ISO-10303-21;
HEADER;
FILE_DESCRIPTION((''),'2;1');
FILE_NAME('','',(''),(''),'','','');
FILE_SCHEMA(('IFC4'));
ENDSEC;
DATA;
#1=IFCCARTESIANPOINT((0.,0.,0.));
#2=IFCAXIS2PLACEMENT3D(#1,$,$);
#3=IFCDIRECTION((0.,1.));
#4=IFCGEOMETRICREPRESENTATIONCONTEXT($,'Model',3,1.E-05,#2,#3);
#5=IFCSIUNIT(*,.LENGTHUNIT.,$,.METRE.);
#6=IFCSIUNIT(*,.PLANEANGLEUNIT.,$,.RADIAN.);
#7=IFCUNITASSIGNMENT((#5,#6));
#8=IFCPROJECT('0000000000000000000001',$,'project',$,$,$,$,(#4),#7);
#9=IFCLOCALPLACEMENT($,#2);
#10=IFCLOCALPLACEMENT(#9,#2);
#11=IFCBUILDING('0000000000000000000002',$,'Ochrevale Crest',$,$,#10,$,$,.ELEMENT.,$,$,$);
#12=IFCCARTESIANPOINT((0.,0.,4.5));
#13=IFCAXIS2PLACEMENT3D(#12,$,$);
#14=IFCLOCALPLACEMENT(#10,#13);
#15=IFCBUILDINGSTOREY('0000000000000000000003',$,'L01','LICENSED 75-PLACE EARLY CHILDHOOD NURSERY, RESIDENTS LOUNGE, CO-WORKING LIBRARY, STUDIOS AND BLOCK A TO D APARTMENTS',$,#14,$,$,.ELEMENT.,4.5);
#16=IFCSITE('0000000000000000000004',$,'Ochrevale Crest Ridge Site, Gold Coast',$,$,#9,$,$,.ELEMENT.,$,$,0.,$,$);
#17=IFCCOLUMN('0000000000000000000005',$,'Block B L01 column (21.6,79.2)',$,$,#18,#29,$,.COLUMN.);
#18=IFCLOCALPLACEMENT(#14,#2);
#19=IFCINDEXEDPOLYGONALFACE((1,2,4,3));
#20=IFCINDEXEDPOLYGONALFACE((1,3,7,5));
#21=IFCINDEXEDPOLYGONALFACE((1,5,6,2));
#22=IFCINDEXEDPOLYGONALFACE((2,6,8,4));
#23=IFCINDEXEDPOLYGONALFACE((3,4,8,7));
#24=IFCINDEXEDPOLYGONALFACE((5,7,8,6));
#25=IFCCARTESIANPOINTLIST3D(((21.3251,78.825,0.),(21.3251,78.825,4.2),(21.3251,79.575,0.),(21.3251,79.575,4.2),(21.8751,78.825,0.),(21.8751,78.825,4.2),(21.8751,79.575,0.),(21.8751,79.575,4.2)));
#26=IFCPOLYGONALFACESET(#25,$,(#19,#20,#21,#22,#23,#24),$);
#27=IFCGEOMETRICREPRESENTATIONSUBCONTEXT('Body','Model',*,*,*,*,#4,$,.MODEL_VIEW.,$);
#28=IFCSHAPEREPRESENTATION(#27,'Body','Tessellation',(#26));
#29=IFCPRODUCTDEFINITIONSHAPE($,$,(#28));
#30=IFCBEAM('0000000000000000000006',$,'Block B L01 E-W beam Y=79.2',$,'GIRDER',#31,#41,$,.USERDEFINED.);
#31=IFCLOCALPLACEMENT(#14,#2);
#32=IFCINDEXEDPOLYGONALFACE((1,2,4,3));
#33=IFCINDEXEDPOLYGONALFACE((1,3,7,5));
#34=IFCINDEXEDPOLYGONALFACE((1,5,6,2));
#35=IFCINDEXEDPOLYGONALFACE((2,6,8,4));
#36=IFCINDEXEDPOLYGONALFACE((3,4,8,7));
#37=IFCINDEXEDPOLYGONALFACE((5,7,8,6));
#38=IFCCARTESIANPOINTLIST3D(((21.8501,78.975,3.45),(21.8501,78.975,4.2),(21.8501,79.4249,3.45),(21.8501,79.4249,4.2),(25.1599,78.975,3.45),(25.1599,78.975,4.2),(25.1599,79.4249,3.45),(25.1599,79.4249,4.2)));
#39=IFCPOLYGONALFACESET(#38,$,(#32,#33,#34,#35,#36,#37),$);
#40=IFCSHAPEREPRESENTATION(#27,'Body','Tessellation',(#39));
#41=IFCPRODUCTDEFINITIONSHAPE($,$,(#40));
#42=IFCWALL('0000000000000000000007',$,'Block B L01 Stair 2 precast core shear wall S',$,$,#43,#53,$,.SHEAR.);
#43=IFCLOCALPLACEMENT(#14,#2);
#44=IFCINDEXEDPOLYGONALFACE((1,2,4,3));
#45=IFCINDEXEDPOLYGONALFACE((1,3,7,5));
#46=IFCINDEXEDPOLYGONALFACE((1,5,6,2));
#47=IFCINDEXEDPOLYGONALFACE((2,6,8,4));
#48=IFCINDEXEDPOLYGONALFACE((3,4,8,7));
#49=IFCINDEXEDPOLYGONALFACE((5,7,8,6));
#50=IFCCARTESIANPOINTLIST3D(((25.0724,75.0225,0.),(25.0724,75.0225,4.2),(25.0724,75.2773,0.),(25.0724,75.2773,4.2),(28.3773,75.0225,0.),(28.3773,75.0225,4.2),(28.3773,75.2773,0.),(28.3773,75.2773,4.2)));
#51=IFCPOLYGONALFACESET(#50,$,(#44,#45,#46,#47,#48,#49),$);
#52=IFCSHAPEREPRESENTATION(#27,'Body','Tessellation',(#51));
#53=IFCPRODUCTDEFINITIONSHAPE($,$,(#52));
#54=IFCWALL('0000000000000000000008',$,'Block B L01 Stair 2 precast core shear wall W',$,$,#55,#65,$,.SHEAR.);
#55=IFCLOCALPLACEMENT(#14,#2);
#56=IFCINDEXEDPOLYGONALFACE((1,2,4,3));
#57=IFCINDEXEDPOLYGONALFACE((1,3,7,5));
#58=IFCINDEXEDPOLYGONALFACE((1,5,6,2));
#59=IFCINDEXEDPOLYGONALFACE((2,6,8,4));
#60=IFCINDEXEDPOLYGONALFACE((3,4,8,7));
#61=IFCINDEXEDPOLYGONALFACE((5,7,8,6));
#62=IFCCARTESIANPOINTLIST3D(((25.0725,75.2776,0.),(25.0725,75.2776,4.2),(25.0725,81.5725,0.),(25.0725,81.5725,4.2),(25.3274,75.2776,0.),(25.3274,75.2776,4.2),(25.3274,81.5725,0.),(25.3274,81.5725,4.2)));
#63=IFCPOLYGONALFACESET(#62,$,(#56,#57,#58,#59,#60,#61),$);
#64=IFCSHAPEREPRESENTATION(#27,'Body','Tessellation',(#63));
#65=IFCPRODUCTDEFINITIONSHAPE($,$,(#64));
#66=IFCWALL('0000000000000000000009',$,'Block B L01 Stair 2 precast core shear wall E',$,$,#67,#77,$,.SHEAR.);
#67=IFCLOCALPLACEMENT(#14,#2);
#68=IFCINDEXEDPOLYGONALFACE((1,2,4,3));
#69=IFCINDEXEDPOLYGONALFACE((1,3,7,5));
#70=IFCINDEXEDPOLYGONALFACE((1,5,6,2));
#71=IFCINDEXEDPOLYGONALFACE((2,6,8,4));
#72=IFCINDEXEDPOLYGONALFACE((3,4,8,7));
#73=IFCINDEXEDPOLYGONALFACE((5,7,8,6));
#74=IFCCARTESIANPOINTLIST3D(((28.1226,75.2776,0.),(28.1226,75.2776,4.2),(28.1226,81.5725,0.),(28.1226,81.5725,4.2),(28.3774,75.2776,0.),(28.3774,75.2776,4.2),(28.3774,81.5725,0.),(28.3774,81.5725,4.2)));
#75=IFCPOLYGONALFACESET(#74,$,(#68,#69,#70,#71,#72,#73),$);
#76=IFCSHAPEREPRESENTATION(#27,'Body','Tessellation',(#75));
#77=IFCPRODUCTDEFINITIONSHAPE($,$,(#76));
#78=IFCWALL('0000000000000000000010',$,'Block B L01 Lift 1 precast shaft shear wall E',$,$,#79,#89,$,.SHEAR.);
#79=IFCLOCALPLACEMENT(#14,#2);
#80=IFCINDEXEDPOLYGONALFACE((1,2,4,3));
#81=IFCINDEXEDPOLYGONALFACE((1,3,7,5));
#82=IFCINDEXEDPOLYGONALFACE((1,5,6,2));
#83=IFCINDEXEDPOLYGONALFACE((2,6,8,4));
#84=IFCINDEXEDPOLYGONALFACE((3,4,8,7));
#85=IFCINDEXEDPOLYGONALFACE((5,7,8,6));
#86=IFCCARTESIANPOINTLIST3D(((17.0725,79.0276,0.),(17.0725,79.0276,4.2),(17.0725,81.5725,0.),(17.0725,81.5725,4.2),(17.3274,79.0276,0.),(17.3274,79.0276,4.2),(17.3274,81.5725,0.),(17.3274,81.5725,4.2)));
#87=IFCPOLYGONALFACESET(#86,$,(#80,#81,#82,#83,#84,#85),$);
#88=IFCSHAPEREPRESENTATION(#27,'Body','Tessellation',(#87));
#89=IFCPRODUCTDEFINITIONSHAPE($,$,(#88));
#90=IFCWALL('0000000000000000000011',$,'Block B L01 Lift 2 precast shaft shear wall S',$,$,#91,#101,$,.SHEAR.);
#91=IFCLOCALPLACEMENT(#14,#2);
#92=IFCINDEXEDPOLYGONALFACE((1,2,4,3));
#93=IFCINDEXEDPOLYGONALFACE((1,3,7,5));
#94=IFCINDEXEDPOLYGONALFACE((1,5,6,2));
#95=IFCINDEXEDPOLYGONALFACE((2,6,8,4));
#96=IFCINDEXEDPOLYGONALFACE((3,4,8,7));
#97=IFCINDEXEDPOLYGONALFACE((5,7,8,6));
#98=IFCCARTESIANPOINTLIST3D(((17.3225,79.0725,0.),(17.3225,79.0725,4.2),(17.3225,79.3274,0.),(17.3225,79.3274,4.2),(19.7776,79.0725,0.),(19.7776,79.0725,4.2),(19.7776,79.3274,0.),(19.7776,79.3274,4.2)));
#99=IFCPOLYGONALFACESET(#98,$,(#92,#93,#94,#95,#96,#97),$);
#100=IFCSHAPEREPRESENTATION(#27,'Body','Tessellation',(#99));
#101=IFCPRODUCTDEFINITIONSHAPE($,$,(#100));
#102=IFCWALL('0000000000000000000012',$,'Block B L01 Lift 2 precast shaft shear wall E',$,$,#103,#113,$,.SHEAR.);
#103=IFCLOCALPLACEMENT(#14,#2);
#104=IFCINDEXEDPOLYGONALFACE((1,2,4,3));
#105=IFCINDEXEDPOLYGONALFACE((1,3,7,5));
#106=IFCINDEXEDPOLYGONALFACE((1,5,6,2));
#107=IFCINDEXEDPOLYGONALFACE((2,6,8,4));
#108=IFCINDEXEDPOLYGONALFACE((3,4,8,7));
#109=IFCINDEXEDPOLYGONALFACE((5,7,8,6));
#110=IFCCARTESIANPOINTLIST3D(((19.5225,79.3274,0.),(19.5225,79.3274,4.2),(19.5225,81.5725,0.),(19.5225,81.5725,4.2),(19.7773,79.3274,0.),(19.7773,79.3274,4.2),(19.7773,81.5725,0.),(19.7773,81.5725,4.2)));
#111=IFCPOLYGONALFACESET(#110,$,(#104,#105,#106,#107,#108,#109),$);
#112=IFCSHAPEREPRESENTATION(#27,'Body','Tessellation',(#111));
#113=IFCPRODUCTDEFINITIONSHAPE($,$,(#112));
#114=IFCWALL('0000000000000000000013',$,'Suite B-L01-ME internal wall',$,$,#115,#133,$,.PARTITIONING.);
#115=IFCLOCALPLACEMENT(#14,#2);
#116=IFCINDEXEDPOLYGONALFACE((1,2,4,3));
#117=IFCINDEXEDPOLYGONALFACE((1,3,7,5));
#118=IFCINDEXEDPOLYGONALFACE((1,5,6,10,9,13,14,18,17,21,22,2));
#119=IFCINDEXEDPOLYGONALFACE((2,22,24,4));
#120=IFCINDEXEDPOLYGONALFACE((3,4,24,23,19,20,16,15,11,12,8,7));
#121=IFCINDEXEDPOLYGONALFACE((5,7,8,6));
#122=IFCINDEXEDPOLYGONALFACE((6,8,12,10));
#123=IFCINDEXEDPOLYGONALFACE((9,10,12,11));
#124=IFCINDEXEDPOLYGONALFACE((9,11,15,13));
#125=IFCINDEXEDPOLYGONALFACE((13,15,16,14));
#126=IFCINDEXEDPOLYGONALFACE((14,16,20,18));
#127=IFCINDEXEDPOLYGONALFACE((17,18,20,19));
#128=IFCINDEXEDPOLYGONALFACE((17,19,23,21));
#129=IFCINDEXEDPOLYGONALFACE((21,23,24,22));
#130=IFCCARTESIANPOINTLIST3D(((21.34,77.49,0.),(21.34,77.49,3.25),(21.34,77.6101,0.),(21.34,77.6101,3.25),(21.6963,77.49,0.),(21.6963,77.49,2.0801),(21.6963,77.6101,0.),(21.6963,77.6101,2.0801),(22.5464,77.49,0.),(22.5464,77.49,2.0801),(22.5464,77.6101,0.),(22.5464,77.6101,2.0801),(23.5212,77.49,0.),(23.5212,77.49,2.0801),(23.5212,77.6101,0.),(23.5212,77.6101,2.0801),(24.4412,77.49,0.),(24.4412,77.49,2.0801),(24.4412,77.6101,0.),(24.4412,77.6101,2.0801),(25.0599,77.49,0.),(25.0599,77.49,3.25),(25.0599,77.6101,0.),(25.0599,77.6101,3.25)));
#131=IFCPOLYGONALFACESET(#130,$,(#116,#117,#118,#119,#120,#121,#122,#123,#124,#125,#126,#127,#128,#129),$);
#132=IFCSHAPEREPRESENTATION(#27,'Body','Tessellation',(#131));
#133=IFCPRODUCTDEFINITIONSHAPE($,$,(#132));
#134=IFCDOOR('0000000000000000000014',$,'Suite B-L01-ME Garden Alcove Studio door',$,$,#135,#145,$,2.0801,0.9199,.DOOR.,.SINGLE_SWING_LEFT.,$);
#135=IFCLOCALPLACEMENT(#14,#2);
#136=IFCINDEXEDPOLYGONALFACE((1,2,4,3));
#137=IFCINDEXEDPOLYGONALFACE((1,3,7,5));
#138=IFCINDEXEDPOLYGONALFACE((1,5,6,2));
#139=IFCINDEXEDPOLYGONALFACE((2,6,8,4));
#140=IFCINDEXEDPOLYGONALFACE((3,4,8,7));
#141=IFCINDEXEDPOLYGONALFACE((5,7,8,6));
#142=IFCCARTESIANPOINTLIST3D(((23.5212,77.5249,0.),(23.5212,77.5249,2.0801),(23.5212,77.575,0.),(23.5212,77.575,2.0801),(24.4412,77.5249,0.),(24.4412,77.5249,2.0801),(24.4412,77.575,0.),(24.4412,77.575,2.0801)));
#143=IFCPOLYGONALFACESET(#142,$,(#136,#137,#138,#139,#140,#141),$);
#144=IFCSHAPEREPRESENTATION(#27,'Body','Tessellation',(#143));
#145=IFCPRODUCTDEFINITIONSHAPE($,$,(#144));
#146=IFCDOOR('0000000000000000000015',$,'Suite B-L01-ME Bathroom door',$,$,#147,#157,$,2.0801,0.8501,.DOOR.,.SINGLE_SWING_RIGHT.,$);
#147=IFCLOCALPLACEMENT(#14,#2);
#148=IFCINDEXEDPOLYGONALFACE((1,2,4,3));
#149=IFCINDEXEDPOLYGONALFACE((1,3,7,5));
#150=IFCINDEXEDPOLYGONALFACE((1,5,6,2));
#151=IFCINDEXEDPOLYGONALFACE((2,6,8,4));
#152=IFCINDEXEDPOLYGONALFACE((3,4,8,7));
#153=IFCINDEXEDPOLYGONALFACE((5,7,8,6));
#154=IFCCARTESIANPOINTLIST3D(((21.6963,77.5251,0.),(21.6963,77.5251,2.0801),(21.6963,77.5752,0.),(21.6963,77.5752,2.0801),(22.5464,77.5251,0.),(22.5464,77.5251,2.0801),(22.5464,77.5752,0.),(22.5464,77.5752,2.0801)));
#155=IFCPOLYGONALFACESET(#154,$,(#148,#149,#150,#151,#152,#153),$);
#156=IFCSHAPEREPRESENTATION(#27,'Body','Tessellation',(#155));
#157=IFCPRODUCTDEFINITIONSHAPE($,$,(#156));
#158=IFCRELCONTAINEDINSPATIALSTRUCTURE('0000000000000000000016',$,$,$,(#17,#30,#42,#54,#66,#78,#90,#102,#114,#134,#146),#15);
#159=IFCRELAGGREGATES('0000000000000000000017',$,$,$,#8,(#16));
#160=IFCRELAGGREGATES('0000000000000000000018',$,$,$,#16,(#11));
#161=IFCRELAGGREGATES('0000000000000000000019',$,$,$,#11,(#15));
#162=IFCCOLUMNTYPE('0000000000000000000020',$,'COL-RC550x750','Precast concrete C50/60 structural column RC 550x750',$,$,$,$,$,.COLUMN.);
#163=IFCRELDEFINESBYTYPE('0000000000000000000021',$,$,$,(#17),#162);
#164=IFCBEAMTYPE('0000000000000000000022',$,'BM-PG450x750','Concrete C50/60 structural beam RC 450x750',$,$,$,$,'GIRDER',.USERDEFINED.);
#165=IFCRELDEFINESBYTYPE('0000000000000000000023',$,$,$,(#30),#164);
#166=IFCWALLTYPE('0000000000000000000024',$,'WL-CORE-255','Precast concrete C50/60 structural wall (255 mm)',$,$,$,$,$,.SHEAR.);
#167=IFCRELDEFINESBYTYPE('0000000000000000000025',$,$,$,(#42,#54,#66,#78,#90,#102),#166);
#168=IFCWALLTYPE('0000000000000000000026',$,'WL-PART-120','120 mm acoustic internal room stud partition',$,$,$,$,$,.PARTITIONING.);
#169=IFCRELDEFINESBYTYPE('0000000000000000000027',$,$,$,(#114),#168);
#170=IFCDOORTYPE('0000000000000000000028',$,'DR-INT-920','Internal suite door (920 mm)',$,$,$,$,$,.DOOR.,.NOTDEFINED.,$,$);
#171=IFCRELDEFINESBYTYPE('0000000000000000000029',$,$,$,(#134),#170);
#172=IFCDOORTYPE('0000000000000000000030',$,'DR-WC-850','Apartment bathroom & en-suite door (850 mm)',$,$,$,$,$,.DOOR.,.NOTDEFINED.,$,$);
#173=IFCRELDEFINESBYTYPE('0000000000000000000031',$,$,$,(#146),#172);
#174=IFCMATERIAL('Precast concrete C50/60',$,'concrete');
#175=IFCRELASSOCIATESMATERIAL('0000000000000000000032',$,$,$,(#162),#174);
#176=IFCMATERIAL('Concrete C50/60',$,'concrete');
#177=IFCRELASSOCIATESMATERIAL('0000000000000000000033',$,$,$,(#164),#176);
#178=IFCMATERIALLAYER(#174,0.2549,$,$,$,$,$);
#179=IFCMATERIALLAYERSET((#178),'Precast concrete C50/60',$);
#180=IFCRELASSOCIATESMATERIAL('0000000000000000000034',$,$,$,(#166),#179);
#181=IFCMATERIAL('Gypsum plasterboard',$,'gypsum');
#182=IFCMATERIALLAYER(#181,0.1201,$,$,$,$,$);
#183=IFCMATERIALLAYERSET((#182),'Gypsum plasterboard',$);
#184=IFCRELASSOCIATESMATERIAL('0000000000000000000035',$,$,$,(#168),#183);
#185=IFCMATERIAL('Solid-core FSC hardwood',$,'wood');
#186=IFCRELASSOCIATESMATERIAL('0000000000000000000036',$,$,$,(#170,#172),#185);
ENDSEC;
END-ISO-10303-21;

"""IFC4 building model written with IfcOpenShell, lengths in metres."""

from ifc_helpers import new_model, si_unit, direction, frame, frame_2d, origin, origin_2d, place, context, subcontext, project, spatial, rectangle, extrude, material, layer, layer_set, material_profile, profile_set, type_object, element, fill, save


model = new_model("IFC4")

# Units and contexts
model_context = context("Model", 3, precision=1e-05, world=origin(), true_north=direction((0.0, 1.0)))
body_context = subcontext(model_context, "Body", "Model", "MODEL_VIEW")
ifc_project = project(units=[si_unit("LENGTHUNIT", "METRE"), si_unit("PLANEANGLEUNIT", "RADIAN")], contexts=[model_context])

# Site, building, storey
site_placement = place(None, origin())
site = spatial("IfcSite", under=ifc_project, at=site_placement, Name="Ochrevale Crest Ridge Site, Gold Coast", CompositionType="ELEMENT", RefElevation=0.0)
building_placement = place(site_placement, origin())
building = spatial("IfcBuilding", under=site, at=building_placement, Name="Ochrevale Crest", CompositionType="ELEMENT")
storey_placement = place(building_placement, frame((0.0, 0.0, 4.5)))
storey = spatial("IfcBuildingStorey", under=building, at=storey_placement, Name="L01", Description="LICENSED 75-PLACE EARLY CHILDHOOD NURSERY, RESIDENTS LOUNGE, CO-WORKING LIBRARY, STUDIOS AND BLOCK A TO D APARTMENTS", CompositionType="ELEMENT", Elevation=4.5)

# Column
ifc_material_1 = material(Name="Precast concrete C50/60", Category="concrete")
ifc_material_profile_1 = material_profile(ifc_material_1, rectangle(XDim=0.55, YDim=0.75, at=origin_2d()), Name="RC 550x750")
ifc_profile_set_1 = profile_set([ifc_material_profile_1], Name="Precast concrete C50/60")
column_type = type_object("IfcColumnType", Name="COL-RC550x750", Description="Precast concrete C50/60 structural column RC 550x750", PredefinedType="COLUMN", material=ifc_profile_set_1)
column_placement = place(storey_placement, frame((21.6001, 79.2, 0.0), z_axis=(0.0, 0.0, 1.0), x_axis=(1.0, 0.0, 0.0)))
element("IfcColumn", 1, at=column_placement, inside=storey, type_object=column_type, Name="Block B L01 column (21.6,79.2)", PredefinedType="COLUMN", context=body_context, shape_type="SweptSolid", body=[
    extrude(rectangle(XDim=0.55, YDim=0.75, at=origin_2d()), origin(), (0.0, 0.0, 1.0), 4.2),
])

# Beam
ifc_material_2 = material(Name="Concrete C50/60", Category="concrete")
ifc_material_profile_2 = material_profile(ifc_material_2, rectangle(XDim=0.45, YDim=0.75, at=origin_2d()), Name="RC 450x750")
ifc_profile_set_2 = profile_set([ifc_material_profile_2], Name="Concrete C50/60")
beam_type = type_object("IfcBeamType", Name="BM-PG450x750", Description="Concrete C50/60 structural beam RC 450x750", ElementType="GIRDER", PredefinedType="USERDEFINED", material=ifc_profile_set_2)
beam_placement = place(storey_placement, frame((21.8501, 79.2, 3.825), z_axis=(1.0, 0.0, 0.0), x_axis=(0.0, 1.0, 0.0)))
element("IfcBeam", 2, at=beam_placement, inside=storey, type_object=beam_type, Name="Block B L01 E-W beam Y=79.2", ObjectType="GIRDER", PredefinedType="USERDEFINED", context=body_context, shape_type="SweptSolid", body=[
    extrude(rectangle(XDim=0.45, YDim=0.75, at=origin_2d()), origin(), (0.0, 0.0, 1.0), 3.3098),
])

# Walls
ifc_layer_1 = layer(ifc_material_1, 0.2549)
ifc_layer_set_1 = layer_set([ifc_layer_1], Name="Precast concrete C50/60")
wall_type_1 = type_object("IfcWallType", Name="WL-CORE-255", Description="Precast concrete C50/60 structural wall (255 mm)", PredefinedType="SHEAR", material=ifc_layer_set_1)
wall_1_placement = place(storey_placement, frame((25.0725, 75.1499, 0.0), z_axis=(0.0, 0.0, 1.0), x_axis=(1.0, 0.0, 0.0)))
element("IfcWall", 3, at=wall_1_placement, inside=storey, type_object=wall_type_1, Name="Block B L01 Stair 2 precast core shear wall S", PredefinedType="SHEAR", context=body_context, shape_type="SweptSolid", body=[
    extrude(rectangle(XDim=3.3049, YDim=0.2549, at=frame_2d((1.6523, 0.0))), origin(), (0.0, 0.0, 1.0), 4.2),
])
for number, where, z_axis, x_axis, name in (
    (4, (25.2, 75.2776, 0.0), (0.0, 0.0, 1.0), (0.0, 1.0, 0.0), "Block B L01 Stair 2 precast core shear wall W"),
    (5, (28.25, 75.2776, 0.0), (0.0, 0.0, 1.0), (0.0, 1.0, 0.0), "Block B L01 Stair 2 precast core shear wall E"),
):
    element("IfcWall", number, at=place(storey_placement, frame(where, z_axis=z_axis, x_axis=x_axis)), inside=storey, type_object=wall_type_1, Name=name, PredefinedType="SHEAR", context=body_context, shape_type="SweptSolid", body=[
        extrude(rectangle(XDim=6.2949, YDim=0.2549, at=frame_2d((3.1475, 0.0))), origin(), (0.0, 0.0, 1.0), 4.2),
    ])
wall_2_placement = place(storey_placement, frame((17.2, 79.0276, 0.0), z_axis=(0.0, 0.0, 1.0), x_axis=(0.0, 1.0, 0.0)))
element("IfcWall", 6, at=wall_2_placement, inside=storey, type_object=wall_type_1, Name="Block B L01 Lift 1 precast shaft shear wall E", PredefinedType="SHEAR", context=body_context, shape_type="SweptSolid", body=[
    extrude(rectangle(XDim=2.5449, YDim=0.2549, at=frame_2d((1.2725, 0.0))), origin(), (0.0, 0.0, 1.0), 4.2),
])
wall_3_placement = place(storey_placement, frame((17.3225, 79.2, 0.0), z_axis=(0.0, 0.0, 1.0), x_axis=(1.0, 0.0, 0.0)))
element("IfcWall", 7, at=wall_3_placement, inside=storey, type_object=wall_type_1, Name="Block B L01 Lift 2 precast shaft shear wall S", PredefinedType="SHEAR", context=body_context, shape_type="SweptSolid", body=[
    extrude(rectangle(XDim=2.4551, YDim=0.2549, at=frame_2d((1.2275, 0.0))), origin(), (0.0, 0.0, 1.0), 4.2),
])
wall_4_placement = place(storey_placement, frame((19.6499, 79.3274, 0.0), z_axis=(0.0, 0.0, 1.0), x_axis=(0.0, 1.0, 0.0)))
element("IfcWall", 8, at=wall_4_placement, inside=storey, type_object=wall_type_1, Name="Block B L01 Lift 2 precast shaft shear wall E", PredefinedType="SHEAR", context=body_context, shape_type="SweptSolid", body=[
    extrude(rectangle(XDim=2.2451, YDim=0.2549, at=frame_2d((1.1226, 0.0))), origin(), (0.0, 0.0, 1.0), 4.2),
])

# Wall, openings, doors
ifc_material_3 = material(Name="Gypsum plasterboard", Category="gypsum")
ifc_layer_2 = layer(ifc_material_3, 0.1201)
ifc_layer_set_2 = layer_set([ifc_layer_2], Name="Gypsum plasterboard")
wall_type_2 = type_object("IfcWallType", Name="WL-PART-120", Description="120 mm acoustic internal room stud partition", PredefinedType="PARTITIONING", material=ifc_layer_set_2)
wall_5_placement = place(storey_placement, frame((21.3401, 77.55, 0.0), z_axis=(0.0, 0.0, 1.0), x_axis=(1.0, 0.0, 0.0)))
wall_5 = element("IfcWall", 9, at=wall_5_placement, inside=storey, type_object=wall_type_2, Name="Suite B-L01-ME internal wall", PredefinedType="PARTITIONING", context=body_context, shape_type="SweptSolid", body=[
    extrude(rectangle(XDim=3.72, YDim=0.1201, at=frame_2d((1.8599, 0.0))), origin(), (0.0, 0.0, 1.0), 3.25),
])
opening_1_placement = place(wall_5_placement, frame((1.2063, 0.0, 0.0), z_axis=(0.0, 0.0, 1.0), x_axis=(-1.0, 0.0, 0.0)))
opening_1 = element("IfcOpeningElement", 10, at=opening_1_placement, cuts=wall_5, PredefinedType="OPENING", context=body_context, shape_type="SweptSolid", body=[
    extrude(rectangle(XDim=0.8501, YDim=2.0801, at=frame_2d((0.425, 1.04))), frame((0.0, 0.0701, 0.0), z_axis=(0.0, -1.0, 0.0), x_axis=(1.0, 0.0, 0.0)), (0.0, 0.0, 1.0), 0.1401),
])
opening_2_placement = place(wall_5_placement, frame((2.1812, 0.0, 0.0)))
opening_2 = element("IfcOpeningElement", 11, at=opening_2_placement, cuts=wall_5, PredefinedType="OPENING", context=body_context, shape_type="SweptSolid", body=[
    extrude(rectangle(XDim=0.9199, YDim=2.0801, at=frame_2d((0.46, 1.04))), frame((0.0, 0.0701, 0.0), z_axis=(0.0, -1.0, 0.0), x_axis=(1.0, 0.0, 0.0)), (0.0, 0.0, 1.0), 0.1401),
])
ifc_material_4 = material(Name="Solid-core FSC hardwood", Category="wood")
door_type_1 = type_object("IfcDoorType", Name="DR-INT-920", Description="Internal suite door (920 mm)", OperationType="NOTDEFINED", PredefinedType="DOOR", material=ifc_material_4)
door_1_placement = place(opening_2_placement, origin())
door_1 = element("IfcDoor", 12, at=door_1_placement, inside=storey, type_object=door_type_1, Name="Suite B-L01-ME Garden Alcove Studio door", OperationType="SINGLE_SWING_LEFT", OverallHeight=2.0801, OverallWidth=0.9199, PredefinedType="DOOR", context=body_context, shape_type="SweptSolid", body=[
    extrude(rectangle(XDim=0.9199, YDim=2.0801, at=frame_2d((0.46, 1.04))), frame((0.0, 0.0249, 0.0), z_axis=(0.0, -1.0, 0.0), x_axis=(1.0, 0.0, 0.0)), (0.0, 0.0, 1.0), 0.05),
])
fill(opening_2, door_1)
door_type_2 = type_object("IfcDoorType", Name="DR-WC-850", Description="Apartment bathroom & en-suite door (850 mm)", OperationType="NOTDEFINED", PredefinedType="DOOR", material=ifc_material_4)
door_2_placement = place(opening_1_placement, origin())
door_2 = element("IfcDoor", 13, at=door_2_placement, inside=storey, type_object=door_type_2, Name="Suite B-L01-ME Bathroom door", OperationType="SINGLE_SWING_RIGHT", OverallHeight=2.0801, OverallWidth=0.8501, PredefinedType="DOOR", context=body_context, shape_type="SweptSolid", body=[
    extrude(rectangle(XDim=0.8501, YDim=2.0801, at=frame_2d((0.425, 1.04))), frame((0.0, 0.0249, 0.0), z_axis=(0.0, -1.0, 0.0), x_axis=(1.0, 0.0, 0.0)), (0.0, 0.0, 1.0), 0.05),
])
fill(opening_1, door_2)

save(model, "model.ifc")
